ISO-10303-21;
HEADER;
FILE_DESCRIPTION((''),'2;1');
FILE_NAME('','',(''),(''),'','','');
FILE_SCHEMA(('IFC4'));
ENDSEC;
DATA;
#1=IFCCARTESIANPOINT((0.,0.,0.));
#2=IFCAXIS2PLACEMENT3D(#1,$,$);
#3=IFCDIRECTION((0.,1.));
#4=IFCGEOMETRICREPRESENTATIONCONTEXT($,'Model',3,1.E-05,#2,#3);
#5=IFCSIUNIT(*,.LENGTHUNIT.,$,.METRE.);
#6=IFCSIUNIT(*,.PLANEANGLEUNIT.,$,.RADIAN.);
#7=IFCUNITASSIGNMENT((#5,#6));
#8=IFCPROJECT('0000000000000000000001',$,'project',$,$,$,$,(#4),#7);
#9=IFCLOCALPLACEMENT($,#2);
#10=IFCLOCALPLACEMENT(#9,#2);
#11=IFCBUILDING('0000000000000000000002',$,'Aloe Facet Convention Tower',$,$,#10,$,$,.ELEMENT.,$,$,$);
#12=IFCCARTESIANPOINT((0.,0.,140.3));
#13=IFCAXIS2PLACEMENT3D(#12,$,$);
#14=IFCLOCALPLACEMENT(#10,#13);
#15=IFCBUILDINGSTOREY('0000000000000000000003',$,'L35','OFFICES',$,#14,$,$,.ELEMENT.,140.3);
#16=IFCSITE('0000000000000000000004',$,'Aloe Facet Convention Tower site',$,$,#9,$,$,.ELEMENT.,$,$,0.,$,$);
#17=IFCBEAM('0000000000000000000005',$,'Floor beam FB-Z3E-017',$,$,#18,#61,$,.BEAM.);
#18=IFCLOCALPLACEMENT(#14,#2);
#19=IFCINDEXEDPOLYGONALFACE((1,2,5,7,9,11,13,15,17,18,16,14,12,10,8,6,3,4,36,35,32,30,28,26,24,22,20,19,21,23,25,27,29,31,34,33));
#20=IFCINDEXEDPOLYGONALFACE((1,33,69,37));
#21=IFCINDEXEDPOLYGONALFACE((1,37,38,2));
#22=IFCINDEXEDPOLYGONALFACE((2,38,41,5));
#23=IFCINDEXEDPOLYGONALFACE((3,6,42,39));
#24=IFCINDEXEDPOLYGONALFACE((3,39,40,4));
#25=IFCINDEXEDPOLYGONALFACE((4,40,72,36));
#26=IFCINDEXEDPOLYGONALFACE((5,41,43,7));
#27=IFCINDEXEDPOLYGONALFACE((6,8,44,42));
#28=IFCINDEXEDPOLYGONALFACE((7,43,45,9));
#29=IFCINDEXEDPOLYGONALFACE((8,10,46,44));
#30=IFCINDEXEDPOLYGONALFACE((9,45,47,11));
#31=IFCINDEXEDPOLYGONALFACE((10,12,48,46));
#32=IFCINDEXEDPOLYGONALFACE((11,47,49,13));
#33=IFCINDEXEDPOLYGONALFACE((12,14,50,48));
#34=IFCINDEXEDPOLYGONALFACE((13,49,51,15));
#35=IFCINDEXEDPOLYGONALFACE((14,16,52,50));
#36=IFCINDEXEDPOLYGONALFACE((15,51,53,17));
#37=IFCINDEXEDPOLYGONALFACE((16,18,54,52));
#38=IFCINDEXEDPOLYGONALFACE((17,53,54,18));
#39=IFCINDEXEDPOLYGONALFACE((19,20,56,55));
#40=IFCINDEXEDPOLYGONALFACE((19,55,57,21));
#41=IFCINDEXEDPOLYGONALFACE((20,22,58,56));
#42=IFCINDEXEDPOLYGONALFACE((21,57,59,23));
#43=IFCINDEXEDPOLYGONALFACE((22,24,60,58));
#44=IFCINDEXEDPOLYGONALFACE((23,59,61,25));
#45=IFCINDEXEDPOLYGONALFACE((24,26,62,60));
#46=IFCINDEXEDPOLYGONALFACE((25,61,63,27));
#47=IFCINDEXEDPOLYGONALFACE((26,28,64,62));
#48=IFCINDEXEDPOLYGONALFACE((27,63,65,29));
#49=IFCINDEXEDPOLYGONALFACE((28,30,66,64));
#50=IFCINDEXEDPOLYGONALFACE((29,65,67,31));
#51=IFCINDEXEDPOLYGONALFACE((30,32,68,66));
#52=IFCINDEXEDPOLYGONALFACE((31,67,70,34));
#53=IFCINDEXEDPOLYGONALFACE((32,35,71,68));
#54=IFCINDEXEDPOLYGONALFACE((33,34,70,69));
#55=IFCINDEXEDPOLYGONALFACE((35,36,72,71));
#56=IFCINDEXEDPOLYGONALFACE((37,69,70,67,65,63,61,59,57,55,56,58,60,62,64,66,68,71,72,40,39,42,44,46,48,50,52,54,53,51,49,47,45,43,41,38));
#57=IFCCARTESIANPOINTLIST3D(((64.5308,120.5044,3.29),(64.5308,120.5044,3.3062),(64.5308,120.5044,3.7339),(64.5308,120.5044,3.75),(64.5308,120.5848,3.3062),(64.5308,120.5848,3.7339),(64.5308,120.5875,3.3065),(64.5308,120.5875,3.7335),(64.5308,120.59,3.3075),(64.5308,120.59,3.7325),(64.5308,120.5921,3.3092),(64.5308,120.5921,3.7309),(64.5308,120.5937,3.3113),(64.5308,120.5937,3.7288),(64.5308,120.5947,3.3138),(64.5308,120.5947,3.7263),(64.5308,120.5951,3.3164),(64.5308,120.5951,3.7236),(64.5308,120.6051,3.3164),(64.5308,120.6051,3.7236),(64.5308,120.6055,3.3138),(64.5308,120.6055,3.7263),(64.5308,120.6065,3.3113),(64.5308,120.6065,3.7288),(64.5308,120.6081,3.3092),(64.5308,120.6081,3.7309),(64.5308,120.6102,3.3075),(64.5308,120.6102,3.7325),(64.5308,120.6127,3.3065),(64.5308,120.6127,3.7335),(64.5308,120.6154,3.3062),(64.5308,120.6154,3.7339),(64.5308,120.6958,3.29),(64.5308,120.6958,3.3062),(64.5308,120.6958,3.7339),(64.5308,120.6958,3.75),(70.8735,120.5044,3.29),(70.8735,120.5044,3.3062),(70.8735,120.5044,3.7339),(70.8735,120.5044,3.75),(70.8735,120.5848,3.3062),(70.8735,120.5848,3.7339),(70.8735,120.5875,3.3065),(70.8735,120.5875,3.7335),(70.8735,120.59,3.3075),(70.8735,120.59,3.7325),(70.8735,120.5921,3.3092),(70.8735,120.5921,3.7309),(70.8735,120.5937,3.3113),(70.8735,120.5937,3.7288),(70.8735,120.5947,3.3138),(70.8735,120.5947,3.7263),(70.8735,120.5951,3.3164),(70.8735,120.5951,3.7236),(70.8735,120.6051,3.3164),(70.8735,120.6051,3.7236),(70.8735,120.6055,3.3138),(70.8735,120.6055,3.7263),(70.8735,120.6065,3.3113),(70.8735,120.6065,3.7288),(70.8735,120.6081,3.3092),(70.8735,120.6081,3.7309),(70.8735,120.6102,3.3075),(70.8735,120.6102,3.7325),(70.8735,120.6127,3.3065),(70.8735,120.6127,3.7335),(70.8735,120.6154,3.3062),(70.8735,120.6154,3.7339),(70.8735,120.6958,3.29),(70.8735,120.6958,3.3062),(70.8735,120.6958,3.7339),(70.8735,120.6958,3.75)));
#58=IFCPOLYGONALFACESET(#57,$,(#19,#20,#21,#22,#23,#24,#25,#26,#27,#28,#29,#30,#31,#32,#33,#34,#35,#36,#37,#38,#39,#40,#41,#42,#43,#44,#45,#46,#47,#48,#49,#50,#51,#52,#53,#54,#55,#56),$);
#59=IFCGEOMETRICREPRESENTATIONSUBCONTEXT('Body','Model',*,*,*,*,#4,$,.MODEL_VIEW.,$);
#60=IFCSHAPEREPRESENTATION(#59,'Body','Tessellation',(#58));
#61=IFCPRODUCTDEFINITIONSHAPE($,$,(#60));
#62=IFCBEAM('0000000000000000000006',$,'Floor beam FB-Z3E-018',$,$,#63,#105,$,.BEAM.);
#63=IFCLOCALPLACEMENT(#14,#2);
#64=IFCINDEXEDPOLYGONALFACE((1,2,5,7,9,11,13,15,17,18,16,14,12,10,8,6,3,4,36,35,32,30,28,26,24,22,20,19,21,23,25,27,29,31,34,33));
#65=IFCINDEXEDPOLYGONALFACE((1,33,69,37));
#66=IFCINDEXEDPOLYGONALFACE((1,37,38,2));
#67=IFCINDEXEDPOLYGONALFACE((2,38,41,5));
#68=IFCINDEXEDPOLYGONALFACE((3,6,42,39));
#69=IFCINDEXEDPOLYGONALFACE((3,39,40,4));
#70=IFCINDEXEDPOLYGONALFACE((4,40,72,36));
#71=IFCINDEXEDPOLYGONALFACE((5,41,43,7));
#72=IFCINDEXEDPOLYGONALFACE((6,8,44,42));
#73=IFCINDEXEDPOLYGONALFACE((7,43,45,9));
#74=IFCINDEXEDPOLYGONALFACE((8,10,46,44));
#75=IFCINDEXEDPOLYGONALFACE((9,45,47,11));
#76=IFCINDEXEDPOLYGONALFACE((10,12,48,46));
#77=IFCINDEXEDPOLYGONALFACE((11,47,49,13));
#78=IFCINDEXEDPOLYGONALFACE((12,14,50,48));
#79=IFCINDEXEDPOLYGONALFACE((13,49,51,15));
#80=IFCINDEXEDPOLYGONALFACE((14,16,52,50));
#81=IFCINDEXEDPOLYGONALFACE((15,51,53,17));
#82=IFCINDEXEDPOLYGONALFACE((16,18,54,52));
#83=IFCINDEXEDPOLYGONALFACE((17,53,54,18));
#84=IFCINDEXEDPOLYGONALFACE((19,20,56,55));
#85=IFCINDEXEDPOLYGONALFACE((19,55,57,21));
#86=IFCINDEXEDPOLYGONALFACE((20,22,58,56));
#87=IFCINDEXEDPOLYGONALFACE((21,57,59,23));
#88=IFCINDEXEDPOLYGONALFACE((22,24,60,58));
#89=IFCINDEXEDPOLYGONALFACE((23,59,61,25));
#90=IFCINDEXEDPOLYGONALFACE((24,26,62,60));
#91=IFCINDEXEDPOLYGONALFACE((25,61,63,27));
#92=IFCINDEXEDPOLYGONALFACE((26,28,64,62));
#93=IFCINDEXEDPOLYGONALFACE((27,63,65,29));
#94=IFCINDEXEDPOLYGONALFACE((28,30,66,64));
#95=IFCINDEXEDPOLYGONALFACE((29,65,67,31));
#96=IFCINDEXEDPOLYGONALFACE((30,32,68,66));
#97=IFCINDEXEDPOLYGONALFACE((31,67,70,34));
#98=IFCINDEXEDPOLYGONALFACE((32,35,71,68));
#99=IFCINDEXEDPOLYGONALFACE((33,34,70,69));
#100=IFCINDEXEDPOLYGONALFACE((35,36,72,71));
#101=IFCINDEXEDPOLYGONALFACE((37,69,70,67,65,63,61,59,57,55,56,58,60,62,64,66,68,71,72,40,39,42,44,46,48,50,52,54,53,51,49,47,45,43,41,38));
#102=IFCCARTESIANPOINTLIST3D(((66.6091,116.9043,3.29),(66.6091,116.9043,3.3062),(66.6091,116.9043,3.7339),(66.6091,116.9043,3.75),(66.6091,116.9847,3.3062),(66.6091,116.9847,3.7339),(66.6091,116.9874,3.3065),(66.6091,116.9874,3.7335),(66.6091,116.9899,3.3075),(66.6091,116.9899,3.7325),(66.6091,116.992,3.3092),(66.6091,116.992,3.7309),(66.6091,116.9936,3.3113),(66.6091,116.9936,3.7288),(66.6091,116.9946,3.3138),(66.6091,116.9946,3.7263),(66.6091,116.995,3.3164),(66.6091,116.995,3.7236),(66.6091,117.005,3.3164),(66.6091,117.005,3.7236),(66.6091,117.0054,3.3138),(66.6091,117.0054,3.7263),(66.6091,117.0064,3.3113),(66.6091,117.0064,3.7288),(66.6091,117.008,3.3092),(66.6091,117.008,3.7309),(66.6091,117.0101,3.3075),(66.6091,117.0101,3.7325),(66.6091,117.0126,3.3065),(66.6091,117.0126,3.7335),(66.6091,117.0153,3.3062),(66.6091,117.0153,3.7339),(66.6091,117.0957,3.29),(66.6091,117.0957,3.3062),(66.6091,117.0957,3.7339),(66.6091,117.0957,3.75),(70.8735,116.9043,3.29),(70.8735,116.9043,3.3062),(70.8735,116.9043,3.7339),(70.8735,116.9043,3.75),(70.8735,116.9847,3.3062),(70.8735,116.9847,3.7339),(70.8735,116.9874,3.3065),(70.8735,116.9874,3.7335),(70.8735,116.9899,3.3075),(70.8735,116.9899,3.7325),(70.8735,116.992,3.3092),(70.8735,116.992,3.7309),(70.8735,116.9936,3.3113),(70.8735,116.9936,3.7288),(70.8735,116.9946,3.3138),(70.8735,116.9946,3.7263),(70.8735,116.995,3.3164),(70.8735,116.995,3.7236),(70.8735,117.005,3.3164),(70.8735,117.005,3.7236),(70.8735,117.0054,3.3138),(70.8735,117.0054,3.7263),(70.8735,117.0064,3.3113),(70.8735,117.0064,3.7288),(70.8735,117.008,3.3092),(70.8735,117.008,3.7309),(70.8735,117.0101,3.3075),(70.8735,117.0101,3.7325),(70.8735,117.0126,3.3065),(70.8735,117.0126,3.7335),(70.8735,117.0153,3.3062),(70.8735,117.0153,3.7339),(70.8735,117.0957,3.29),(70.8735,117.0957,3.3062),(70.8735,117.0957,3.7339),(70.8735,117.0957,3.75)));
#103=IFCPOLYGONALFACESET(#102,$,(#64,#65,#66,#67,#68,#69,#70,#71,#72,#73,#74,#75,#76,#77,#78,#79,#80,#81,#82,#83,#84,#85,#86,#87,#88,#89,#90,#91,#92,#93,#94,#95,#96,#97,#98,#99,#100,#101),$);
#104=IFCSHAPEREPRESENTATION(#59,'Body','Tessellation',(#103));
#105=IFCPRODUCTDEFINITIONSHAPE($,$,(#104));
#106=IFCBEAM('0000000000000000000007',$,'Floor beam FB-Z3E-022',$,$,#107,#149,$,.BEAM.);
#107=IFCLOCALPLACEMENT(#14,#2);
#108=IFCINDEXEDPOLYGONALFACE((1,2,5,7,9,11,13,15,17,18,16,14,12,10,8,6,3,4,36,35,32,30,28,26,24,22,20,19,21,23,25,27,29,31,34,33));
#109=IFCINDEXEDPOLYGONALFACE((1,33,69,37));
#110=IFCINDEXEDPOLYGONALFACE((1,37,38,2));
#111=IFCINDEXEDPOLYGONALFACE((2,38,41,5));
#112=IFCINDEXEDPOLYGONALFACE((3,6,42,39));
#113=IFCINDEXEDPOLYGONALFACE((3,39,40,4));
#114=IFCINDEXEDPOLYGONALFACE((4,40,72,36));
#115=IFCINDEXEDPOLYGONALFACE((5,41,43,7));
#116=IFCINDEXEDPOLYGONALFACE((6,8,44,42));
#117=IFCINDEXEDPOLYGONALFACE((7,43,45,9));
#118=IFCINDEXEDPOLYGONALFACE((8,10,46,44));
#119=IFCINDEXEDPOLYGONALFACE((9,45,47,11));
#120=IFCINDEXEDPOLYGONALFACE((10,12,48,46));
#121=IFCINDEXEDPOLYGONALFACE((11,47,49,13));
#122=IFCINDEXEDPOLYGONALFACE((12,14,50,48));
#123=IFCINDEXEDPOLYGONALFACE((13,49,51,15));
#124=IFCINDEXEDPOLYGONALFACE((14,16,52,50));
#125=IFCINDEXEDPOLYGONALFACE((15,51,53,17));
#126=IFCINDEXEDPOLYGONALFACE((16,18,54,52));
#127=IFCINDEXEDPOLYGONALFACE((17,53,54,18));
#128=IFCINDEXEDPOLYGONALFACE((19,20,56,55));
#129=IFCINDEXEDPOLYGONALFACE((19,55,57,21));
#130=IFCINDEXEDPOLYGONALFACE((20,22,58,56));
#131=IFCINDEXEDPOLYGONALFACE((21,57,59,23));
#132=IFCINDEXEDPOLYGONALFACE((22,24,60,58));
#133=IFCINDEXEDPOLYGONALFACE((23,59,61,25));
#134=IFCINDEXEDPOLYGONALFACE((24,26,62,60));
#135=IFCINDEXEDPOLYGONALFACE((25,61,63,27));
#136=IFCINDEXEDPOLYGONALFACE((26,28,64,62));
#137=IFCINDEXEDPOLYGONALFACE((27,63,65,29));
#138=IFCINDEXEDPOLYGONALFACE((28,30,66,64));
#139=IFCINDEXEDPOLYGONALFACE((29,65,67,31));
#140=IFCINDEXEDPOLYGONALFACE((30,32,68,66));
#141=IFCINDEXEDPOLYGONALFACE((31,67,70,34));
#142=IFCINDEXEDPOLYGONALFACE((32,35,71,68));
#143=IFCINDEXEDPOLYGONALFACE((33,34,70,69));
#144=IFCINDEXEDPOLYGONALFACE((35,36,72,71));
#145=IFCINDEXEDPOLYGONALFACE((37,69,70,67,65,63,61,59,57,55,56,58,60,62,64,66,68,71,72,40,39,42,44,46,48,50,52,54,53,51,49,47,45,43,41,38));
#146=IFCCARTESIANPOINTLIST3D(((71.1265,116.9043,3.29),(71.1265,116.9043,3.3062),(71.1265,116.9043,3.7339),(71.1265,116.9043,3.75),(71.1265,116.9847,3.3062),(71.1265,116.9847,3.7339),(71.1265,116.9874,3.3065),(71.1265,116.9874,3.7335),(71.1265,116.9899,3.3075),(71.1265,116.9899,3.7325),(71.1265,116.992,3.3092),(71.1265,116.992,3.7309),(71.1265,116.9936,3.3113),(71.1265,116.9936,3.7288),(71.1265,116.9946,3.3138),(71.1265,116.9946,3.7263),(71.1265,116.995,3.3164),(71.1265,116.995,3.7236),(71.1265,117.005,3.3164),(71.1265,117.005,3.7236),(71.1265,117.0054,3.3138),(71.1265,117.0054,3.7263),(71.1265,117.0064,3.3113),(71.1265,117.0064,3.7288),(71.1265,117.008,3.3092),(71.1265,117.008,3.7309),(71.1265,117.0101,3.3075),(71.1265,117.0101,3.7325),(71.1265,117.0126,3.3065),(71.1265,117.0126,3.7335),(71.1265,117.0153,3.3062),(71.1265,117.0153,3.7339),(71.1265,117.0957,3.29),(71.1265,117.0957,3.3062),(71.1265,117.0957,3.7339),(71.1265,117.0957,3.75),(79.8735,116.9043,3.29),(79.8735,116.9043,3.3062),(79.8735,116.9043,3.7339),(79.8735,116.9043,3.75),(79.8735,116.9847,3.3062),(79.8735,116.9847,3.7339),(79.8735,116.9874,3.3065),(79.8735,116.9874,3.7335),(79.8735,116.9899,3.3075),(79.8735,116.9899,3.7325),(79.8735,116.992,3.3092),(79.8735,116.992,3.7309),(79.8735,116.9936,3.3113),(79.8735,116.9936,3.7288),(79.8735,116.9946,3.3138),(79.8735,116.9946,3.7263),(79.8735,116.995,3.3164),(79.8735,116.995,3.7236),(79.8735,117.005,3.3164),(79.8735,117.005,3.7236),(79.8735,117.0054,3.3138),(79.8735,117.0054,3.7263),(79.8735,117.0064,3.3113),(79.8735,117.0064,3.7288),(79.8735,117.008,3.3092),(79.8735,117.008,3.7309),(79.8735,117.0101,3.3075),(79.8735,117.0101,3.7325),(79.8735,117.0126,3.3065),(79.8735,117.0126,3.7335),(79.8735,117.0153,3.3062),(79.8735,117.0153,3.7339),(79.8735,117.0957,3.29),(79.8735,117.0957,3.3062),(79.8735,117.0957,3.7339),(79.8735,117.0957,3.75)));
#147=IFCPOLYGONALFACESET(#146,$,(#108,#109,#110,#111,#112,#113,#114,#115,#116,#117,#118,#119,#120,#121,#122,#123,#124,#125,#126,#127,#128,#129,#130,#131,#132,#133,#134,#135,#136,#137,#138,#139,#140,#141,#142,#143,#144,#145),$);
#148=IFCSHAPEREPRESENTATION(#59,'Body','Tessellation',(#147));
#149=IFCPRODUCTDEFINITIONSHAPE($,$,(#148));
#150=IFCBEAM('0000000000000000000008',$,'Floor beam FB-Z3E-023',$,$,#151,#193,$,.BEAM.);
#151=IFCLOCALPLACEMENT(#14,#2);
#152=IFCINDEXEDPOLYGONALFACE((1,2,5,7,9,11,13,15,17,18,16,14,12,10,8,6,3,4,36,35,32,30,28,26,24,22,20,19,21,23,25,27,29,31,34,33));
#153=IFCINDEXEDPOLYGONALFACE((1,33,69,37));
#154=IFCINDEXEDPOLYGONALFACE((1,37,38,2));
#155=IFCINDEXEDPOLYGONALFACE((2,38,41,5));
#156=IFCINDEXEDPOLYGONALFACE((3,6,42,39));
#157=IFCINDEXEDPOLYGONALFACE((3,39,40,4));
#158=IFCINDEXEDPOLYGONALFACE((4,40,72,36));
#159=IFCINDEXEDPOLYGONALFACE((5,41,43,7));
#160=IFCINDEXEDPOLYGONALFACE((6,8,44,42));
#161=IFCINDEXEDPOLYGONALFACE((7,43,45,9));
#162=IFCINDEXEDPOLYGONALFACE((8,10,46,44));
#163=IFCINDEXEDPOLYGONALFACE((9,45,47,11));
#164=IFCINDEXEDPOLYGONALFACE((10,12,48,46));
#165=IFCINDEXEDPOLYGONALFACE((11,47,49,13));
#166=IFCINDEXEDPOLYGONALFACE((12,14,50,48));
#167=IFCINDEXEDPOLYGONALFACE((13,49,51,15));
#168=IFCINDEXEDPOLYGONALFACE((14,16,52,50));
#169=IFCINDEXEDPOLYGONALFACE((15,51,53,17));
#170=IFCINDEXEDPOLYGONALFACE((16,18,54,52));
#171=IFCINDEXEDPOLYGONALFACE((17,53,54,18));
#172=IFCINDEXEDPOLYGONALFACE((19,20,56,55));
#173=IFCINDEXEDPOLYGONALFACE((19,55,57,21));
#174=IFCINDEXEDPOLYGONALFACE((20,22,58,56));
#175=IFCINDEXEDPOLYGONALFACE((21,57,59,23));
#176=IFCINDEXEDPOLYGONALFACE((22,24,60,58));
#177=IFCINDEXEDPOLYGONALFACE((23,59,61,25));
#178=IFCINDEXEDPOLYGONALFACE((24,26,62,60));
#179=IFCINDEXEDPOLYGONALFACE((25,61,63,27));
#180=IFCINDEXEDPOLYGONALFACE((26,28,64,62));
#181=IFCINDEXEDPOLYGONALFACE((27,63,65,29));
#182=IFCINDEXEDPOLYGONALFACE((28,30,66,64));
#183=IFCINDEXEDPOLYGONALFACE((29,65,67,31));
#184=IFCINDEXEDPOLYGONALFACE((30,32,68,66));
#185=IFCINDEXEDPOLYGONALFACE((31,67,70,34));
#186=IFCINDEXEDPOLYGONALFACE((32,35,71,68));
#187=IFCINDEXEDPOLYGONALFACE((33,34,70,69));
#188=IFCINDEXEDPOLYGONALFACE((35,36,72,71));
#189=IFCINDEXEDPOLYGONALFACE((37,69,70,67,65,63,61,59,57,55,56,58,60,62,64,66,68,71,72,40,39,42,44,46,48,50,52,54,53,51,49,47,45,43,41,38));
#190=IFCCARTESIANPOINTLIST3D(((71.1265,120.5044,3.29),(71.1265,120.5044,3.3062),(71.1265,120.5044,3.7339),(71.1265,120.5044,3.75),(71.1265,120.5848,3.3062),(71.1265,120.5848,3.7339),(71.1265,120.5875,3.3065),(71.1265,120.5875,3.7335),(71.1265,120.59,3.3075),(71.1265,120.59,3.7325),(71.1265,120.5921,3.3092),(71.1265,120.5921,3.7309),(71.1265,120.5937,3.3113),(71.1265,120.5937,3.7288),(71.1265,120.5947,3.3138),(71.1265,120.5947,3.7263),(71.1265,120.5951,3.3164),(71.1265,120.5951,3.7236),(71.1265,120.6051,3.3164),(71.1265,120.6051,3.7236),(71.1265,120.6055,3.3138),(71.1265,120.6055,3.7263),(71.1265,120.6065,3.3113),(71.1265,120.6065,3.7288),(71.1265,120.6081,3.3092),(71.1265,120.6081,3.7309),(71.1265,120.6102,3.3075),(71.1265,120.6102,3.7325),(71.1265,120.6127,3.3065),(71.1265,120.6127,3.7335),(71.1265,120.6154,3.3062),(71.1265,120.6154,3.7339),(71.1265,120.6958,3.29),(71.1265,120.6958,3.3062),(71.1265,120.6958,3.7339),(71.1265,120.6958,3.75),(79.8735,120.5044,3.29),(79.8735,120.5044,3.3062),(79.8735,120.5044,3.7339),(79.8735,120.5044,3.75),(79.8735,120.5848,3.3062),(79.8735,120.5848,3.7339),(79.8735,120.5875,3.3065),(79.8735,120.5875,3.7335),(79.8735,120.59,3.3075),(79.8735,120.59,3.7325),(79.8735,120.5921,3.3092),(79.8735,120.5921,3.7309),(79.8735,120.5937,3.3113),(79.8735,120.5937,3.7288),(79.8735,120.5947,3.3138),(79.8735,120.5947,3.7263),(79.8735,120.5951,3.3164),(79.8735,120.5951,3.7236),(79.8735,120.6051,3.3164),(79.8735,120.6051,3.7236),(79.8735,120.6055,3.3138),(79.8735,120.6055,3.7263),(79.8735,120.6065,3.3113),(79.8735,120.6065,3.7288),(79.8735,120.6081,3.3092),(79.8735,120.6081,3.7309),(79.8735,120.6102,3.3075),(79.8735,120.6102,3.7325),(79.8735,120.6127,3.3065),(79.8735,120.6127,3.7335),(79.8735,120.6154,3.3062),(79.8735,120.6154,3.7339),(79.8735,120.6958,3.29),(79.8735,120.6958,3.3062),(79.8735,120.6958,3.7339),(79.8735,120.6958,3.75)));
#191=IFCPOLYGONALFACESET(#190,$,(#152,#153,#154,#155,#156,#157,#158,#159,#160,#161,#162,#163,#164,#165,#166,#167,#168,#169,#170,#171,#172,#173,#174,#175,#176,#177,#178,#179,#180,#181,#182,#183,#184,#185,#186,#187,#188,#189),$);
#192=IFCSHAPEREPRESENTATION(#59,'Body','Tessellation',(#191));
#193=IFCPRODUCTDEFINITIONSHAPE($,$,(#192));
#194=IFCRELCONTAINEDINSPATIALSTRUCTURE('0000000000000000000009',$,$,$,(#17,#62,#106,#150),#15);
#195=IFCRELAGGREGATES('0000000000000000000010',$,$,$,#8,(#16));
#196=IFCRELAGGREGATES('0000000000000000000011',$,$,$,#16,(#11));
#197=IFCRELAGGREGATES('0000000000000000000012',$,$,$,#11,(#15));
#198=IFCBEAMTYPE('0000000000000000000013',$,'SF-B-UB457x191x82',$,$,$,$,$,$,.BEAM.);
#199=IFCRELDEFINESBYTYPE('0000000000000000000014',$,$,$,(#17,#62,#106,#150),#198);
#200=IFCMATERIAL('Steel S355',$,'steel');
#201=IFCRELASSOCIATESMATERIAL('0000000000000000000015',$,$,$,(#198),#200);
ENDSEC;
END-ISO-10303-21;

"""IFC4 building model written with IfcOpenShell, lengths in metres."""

from ifc_helpers import new_model, si_unit, direction, frame, origin, origin_2d, place, context, subcontext, project, spatial, i_section, extrude, material, material_profile, profile_set, type_object, element, save


model = new_model("IFC4")

# Units and contexts
model_context = context("Model", 3, precision=1e-05, world=origin(), true_north=direction((0.0, 1.0)))
body_context = subcontext(model_context, "Body", "Model", "MODEL_VIEW")
ifc_project = project(units=[si_unit("LENGTHUNIT", "METRE"), si_unit("PLANEANGLEUNIT", "RADIAN")], contexts=[model_context])

# Site, building, storey
site_placement = place(None, origin())
site = spatial("IfcSite", under=ifc_project, at=site_placement, Name="Aloe Facet Convention Tower site", CompositionType="ELEMENT", RefElevation=0.0)
building_placement = place(site_placement, origin())
building = spatial("IfcBuilding", under=site, at=building_placement, Name="Aloe Facet Convention Tower", CompositionType="ELEMENT")
storey_placement = place(building_placement, frame((0.0, 0.0, 140.3)))
storey = spatial("IfcBuildingStorey", under=building, at=storey_placement, Name="L35", Description="OFFICES", CompositionType="ELEMENT", Elevation=140.3)

# Beams
ifc_material_1 = material(Name="Steel S355", Category="steel")
ifc_material_profile_1 = material_profile(ifc_material_1, i_section(OverallWidth=0.1914, OverallDepth=0.46, WebThickness=0.01, FlangeThickness=0.0161, FilletRadius=0.0103, at=origin_2d()), Name="UB 457x191x82")
ifc_profile_set_1 = profile_set([ifc_material_profile_1], Name="Steel S355")
beam_type_1 = type_object("IfcBeamType", Name="SF-B-UB457x191x82", PredefinedType="BEAM", material=ifc_profile_set_1)
beam_1_placement = place(storey_placement, frame((64.5308, 120.6001, 3.52), z_axis=(1.0, 0.0, 0.0), x_axis=(0.0, 1.0, 0.0)))
element("IfcBeam", 1, at=beam_1_placement, inside=storey, type_object=beam_type_1, Name="Floor beam FB-Z3E-017", PredefinedType="BEAM", context=body_context, shape_type="SweptSolid", body=[
    extrude(i_section(OverallWidth=0.1914, OverallDepth=0.46, WebThickness=0.01, FlangeThickness=0.0161, FilletRadius=0.0103, at=origin_2d()), origin(), (0.0, 0.0, 1.0), 6.3428),
])
beam_2_placement = place(storey_placement, frame((66.6091, 117.0, 3.52), z_axis=(1.0, 0.0, 0.0), x_axis=(0.0, 1.0, 0.0)))
element("IfcBeam", 2, at=beam_2_placement, inside=storey, type_object=beam_type_1, Name="Floor beam FB-Z3E-018", PredefinedType="BEAM", context=body_context, shape_type="SweptSolid", body=[
    extrude(i_section(OverallWidth=0.1914, OverallDepth=0.46, WebThickness=0.01, FlangeThickness=0.0161, FilletRadius=0.0103, at=origin_2d()), origin(), (0.0, 0.0, 1.0), 4.2644),
])
for number, where, z_axis, x_axis, name in (
    (3, (71.1265, 117.0, 3.52), (1.0, 0.0, 0.0), (0.0, 1.0, 0.0), "Floor beam FB-Z3E-022"),
    (4, (71.1265, 120.6001, 3.52), (1.0, 0.0, 0.0), (0.0, 1.0, 0.0), "Floor beam FB-Z3E-023"),
):
    element("IfcBeam", number, at=place(storey_placement, frame(where, z_axis=z_axis, x_axis=x_axis)), inside=storey, type_object=beam_type_1, Name=name, PredefinedType="BEAM", context=body_context, shape_type="SweptSolid", body=[
        extrude(i_section(OverallWidth=0.1914, OverallDepth=0.46, WebThickness=0.01, FlangeThickness=0.0161, FilletRadius=0.0103, at=origin_2d()), origin(), (0.0, 0.0, 1.0), 8.7471),
    ])

save(model, "model.ifc")
